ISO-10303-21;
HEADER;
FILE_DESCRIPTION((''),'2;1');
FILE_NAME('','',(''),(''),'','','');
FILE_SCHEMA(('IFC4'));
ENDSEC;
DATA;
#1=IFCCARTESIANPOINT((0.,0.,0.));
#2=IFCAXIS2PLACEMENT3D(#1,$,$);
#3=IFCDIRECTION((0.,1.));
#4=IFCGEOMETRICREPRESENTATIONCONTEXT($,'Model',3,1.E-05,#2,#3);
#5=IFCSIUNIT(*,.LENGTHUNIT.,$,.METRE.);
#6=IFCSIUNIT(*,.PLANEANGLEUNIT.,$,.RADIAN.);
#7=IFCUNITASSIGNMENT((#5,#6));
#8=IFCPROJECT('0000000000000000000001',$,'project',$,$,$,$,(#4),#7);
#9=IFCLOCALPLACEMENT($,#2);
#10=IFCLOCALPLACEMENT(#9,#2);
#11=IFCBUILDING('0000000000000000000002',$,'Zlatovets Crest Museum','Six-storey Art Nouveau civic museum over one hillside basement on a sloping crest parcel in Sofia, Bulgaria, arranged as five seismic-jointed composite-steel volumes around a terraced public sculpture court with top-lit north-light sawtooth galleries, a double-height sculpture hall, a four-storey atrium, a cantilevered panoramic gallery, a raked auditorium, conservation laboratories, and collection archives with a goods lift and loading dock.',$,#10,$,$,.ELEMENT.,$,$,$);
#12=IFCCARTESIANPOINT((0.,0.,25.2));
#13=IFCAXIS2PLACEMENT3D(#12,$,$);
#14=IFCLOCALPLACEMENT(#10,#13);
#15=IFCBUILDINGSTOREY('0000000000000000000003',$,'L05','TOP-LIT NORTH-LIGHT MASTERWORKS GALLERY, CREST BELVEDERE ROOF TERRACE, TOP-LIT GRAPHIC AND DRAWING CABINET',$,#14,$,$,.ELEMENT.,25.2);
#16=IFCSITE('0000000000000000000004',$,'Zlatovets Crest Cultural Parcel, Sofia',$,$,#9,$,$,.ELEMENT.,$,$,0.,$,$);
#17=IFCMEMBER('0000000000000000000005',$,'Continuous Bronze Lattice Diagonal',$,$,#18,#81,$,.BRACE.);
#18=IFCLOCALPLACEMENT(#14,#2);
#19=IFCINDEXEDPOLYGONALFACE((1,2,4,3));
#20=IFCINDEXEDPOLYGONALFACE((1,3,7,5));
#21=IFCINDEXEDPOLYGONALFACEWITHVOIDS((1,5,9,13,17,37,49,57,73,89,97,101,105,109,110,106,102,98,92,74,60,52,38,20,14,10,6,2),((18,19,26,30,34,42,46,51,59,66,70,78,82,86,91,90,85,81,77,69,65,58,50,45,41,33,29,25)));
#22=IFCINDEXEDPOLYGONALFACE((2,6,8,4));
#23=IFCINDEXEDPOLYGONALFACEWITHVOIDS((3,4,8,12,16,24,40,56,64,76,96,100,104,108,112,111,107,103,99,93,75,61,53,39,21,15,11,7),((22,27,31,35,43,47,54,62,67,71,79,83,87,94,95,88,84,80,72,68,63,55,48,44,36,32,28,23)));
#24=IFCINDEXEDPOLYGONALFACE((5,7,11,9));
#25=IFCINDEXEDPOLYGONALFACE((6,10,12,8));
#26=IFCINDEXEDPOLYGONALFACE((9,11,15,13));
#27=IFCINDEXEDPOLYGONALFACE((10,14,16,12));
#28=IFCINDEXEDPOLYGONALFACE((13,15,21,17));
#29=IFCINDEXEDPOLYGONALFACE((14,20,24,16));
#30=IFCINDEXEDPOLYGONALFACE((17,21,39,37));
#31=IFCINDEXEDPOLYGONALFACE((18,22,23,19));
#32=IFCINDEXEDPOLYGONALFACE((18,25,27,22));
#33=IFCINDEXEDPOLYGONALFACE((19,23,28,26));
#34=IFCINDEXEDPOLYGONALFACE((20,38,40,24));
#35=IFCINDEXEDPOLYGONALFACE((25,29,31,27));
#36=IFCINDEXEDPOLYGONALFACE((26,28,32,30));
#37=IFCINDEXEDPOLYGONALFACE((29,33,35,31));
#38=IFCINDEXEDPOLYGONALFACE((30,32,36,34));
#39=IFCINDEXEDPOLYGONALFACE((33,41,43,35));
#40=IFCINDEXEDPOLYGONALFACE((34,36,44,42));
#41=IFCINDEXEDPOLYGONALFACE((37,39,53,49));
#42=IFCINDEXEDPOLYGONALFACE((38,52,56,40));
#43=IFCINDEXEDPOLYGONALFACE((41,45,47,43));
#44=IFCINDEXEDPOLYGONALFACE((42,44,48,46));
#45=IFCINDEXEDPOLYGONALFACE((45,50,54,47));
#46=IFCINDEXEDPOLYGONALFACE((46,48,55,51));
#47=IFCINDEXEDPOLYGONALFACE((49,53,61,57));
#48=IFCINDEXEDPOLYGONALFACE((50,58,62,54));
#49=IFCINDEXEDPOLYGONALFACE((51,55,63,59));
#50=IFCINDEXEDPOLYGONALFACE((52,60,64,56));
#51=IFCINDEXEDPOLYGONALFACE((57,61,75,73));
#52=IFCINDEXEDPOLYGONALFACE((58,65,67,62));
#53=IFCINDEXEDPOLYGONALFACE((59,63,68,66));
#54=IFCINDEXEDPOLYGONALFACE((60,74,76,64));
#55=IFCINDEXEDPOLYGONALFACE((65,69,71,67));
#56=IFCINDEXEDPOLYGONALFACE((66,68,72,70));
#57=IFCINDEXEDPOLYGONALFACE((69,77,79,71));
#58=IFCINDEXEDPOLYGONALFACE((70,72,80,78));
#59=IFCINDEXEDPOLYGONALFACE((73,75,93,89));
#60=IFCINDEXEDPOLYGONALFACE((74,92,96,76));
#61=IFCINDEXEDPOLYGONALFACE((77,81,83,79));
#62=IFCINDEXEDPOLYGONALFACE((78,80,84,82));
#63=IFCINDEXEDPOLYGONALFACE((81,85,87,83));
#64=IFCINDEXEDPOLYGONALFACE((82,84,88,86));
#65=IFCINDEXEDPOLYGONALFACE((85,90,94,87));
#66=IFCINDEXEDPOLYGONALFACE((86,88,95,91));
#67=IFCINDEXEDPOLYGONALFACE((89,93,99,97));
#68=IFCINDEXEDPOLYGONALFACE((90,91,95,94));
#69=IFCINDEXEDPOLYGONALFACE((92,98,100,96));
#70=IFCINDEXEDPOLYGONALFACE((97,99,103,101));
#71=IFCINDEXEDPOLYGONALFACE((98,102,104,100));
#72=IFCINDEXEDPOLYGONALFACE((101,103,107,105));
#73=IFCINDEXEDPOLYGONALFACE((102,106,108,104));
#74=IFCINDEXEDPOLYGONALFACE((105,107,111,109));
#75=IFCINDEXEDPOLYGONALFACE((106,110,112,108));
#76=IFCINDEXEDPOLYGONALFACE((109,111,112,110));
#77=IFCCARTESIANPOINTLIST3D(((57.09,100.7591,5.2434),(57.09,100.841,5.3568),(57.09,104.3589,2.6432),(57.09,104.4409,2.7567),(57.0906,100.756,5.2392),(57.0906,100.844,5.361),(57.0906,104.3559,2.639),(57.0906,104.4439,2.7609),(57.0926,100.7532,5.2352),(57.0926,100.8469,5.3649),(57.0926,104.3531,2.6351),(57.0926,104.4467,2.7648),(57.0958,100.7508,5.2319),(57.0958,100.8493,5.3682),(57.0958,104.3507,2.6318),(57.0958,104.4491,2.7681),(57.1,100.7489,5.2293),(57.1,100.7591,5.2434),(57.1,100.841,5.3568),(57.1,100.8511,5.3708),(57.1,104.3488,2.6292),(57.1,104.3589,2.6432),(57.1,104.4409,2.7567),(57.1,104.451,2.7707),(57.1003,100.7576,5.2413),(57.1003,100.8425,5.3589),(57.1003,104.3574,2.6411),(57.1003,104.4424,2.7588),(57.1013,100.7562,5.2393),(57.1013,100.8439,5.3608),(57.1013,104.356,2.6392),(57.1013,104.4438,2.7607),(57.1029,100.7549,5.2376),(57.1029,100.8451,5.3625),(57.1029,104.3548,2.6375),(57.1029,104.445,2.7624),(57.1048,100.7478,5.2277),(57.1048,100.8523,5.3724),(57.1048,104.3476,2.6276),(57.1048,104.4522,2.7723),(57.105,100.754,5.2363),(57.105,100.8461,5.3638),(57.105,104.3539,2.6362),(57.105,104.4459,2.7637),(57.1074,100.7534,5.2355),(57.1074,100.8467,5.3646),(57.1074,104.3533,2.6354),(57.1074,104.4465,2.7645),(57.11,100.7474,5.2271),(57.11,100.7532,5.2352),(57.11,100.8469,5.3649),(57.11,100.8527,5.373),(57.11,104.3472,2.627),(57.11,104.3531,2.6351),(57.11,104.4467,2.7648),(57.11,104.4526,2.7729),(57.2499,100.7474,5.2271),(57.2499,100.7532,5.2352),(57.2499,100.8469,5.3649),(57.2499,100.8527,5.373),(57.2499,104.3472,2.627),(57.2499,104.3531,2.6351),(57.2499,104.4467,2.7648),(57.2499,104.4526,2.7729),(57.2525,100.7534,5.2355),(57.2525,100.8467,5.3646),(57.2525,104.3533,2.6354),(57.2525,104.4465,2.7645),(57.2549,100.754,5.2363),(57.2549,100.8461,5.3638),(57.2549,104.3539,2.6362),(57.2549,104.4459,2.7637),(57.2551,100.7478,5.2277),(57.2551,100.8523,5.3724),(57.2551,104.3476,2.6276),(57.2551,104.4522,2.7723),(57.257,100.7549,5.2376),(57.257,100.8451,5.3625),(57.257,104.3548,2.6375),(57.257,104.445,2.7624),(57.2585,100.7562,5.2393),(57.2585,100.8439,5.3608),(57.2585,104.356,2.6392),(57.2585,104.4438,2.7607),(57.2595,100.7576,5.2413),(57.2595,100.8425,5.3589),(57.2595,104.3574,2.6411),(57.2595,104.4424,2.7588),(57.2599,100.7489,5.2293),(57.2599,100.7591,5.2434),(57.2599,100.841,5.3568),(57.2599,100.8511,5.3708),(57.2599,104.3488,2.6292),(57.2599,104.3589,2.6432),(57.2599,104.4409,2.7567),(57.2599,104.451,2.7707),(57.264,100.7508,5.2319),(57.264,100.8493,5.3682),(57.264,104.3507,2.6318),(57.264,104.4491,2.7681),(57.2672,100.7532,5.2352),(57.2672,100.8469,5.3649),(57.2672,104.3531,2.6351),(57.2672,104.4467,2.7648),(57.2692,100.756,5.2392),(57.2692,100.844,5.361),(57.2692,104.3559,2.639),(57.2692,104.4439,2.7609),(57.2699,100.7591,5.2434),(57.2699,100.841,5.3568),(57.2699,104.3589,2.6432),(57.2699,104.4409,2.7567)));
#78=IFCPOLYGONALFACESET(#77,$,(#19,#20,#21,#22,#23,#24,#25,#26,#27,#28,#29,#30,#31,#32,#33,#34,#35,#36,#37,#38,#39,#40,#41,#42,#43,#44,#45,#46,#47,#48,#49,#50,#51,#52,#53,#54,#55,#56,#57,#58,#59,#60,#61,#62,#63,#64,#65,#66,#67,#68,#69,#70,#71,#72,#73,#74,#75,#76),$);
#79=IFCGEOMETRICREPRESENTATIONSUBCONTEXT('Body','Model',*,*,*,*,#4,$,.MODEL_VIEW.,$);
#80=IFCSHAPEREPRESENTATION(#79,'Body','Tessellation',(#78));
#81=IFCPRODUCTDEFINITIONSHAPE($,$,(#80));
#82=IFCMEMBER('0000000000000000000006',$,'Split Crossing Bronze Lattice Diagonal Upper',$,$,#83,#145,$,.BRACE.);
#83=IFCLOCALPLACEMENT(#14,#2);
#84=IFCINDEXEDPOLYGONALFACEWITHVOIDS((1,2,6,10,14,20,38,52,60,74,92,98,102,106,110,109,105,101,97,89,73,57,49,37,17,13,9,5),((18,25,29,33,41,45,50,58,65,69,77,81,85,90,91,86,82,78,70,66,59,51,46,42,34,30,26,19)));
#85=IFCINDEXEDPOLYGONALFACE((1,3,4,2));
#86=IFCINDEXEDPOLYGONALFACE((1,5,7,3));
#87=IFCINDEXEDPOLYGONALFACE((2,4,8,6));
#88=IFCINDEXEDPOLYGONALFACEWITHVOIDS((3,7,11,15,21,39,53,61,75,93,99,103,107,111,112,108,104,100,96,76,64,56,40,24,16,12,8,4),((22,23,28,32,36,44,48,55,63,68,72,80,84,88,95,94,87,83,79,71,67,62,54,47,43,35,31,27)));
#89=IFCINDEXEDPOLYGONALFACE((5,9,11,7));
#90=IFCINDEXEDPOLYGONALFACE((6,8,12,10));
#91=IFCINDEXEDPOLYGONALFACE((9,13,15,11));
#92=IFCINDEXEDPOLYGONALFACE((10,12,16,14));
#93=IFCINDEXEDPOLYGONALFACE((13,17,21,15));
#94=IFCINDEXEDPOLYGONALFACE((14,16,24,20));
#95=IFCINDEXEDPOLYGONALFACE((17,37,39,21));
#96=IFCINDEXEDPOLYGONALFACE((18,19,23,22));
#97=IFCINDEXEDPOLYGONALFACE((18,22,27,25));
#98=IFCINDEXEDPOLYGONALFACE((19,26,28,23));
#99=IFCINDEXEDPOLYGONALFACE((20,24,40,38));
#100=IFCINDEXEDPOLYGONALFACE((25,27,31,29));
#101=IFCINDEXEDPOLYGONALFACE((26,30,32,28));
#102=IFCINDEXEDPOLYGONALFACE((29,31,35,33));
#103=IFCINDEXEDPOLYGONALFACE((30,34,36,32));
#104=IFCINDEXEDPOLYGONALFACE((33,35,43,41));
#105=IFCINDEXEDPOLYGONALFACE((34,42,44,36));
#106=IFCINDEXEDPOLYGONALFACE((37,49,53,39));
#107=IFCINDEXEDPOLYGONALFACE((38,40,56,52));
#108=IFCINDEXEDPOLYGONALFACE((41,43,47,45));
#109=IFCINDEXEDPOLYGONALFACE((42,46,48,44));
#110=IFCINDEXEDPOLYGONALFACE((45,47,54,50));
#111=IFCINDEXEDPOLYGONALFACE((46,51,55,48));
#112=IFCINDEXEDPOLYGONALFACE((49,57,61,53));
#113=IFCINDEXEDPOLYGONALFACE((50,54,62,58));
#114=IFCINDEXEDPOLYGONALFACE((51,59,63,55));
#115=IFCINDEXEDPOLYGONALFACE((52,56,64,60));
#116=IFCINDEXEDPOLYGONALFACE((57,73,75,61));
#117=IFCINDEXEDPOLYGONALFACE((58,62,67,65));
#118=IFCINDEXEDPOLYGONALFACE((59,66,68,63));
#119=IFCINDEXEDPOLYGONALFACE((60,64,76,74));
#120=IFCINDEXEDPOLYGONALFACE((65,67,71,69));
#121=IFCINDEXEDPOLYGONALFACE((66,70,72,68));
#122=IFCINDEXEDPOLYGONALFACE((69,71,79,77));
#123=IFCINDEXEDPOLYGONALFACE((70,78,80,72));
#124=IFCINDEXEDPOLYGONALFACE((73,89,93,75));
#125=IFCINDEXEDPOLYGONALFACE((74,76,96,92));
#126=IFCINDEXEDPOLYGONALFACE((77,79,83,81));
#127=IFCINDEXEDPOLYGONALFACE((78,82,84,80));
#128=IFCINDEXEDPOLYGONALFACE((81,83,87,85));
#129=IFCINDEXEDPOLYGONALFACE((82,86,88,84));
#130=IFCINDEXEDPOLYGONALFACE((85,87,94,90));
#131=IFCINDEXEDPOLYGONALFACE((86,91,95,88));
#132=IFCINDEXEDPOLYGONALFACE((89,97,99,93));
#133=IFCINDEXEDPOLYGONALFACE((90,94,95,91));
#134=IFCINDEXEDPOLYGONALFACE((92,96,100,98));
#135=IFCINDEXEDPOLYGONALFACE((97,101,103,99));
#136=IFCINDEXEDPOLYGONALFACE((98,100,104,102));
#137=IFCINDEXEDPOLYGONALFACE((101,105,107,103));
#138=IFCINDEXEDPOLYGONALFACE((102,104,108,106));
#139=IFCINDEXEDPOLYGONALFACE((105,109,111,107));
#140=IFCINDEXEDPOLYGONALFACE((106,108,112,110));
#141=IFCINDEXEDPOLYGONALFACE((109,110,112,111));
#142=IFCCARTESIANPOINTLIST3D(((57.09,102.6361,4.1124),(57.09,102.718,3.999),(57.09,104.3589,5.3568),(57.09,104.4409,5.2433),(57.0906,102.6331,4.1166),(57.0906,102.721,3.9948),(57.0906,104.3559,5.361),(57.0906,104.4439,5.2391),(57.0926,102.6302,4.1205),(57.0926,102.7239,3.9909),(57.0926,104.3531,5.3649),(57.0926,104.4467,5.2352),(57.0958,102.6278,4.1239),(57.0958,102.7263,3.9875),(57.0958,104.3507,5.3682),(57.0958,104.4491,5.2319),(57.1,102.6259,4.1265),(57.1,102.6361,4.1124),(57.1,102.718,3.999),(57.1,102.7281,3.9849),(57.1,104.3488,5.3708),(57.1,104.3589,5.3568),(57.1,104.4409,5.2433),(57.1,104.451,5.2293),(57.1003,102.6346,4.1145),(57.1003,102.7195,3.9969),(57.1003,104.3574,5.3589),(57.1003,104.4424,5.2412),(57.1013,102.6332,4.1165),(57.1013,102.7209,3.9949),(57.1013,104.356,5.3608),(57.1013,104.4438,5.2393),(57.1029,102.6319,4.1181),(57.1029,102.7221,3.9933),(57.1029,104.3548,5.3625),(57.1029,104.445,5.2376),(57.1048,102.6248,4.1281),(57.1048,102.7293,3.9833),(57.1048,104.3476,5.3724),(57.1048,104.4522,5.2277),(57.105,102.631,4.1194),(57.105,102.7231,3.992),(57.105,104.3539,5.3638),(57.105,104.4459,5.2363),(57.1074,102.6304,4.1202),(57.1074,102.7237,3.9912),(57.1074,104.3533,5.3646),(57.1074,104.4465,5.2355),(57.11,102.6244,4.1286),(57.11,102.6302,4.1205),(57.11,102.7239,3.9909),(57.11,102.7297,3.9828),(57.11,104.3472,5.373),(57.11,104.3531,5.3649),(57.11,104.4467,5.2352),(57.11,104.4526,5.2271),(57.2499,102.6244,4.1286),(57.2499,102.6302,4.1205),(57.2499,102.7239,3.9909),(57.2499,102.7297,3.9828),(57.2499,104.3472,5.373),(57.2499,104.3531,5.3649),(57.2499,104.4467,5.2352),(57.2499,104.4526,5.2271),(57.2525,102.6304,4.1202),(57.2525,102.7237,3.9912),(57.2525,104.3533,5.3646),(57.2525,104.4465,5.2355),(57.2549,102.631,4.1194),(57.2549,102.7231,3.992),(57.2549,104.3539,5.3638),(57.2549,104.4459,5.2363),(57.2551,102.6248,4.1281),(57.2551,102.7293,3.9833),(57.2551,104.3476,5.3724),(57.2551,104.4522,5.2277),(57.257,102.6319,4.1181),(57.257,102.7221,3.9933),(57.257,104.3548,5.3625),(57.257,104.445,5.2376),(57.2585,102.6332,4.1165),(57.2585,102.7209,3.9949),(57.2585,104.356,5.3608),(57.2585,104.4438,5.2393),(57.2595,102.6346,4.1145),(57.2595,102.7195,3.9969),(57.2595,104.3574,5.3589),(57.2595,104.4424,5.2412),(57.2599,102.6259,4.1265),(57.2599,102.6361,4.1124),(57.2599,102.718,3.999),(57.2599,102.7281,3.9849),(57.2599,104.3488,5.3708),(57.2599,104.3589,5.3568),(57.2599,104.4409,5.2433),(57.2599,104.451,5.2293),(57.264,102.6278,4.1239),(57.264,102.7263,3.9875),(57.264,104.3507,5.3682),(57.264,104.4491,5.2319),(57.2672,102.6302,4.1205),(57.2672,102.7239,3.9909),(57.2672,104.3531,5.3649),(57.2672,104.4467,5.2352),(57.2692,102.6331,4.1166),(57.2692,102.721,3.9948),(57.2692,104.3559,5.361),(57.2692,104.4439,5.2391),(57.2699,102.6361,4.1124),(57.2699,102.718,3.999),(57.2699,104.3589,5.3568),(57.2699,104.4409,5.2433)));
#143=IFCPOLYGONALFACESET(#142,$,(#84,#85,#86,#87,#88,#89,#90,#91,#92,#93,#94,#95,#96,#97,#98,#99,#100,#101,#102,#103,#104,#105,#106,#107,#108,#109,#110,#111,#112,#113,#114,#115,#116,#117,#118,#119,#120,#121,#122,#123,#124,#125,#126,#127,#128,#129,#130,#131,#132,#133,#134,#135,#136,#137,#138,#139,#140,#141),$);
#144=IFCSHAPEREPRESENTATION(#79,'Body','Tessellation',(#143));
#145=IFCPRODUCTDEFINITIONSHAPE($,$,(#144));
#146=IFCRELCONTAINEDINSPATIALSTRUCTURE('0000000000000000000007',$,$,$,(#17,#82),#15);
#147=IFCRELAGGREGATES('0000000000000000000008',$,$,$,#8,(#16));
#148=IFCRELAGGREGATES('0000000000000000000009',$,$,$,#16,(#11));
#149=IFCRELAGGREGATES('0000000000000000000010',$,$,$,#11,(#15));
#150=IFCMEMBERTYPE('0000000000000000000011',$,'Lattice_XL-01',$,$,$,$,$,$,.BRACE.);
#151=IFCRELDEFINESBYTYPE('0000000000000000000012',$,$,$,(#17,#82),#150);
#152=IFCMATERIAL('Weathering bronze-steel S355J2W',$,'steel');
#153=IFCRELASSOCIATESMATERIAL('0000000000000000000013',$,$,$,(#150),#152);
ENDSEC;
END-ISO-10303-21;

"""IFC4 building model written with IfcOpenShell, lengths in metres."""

from ifc_helpers import new_model, si_unit, direction, frame, origin, origin_2d, place, context, subcontext, project, spatial, hollow_rectangle, extrude, material, material_profile, profile_set, type_object, element, save


model = new_model("IFC4")

# Units and contexts
model_context = context("Model", 3, precision=1e-05, world=origin(), true_north=direction((0.0, 1.0)))
body_context = subcontext(model_context, "Body", "Model", "MODEL_VIEW")
ifc_project = project(units=[si_unit("LENGTHUNIT", "METRE"), si_unit("PLANEANGLEUNIT", "RADIAN")], contexts=[model_context])

# Site, building, storey
site_placement = place(None, origin())
site = spatial("IfcSite", under=ifc_project, at=site_placement, Name="Zlatovets Crest Cultural Parcel, Sofia", CompositionType="ELEMENT", RefElevation=0.0)
building_placement = place(site_placement, origin())
building = spatial("IfcBuilding", under=site, at=building_placement, Name="Zlatovets Crest Museum", Description="Six-storey Art Nouveau civic museum over one hillside basement on a sloping crest parcel in Sofia, Bulgaria, arranged as five seismic-jointed composite-steel volumes around a terraced public sculpture court with top-lit north-light sawtooth galleries, a double-height sculpture hall, a four-storey atrium, a cantilevered panoramic gallery, a raked auditorium, conservation laboratories, and collection archives with a goods lift and loading dock.", CompositionType="ELEMENT")
storey_placement = place(building_placement, frame((0.0, 0.0, 25.2)))
storey = spatial("IfcBuildingStorey", under=building, at=storey_placement, Name="L05", Description="TOP-LIT NORTH-LIGHT MASTERWORKS GALLERY, CREST BELVEDERE ROOF TERRACE, TOP-LIT GRAPHIC AND DRAWING CABINET", CompositionType="ELEMENT", Elevation=25.2)

# Members
ifc_material_1 = material(Name="Weathering bronze-steel S355J2W", Category="steel")
ifc_material_profile_1 = material_profile(ifc_material_1, hollow_rectangle(XDim=0.1799, YDim=0.1799, WallThickness=0.01, InnerFilletRadius=0.01, OuterFilletRadius=0.02, at=origin_2d()), Name="SHS 180x180x10.0")
ifc_profile_set_1 = profile_set([ifc_material_profile_1], Name="Weathering bronze-steel S355J2W")
member_type_1 = type_object("IfcMemberType", Name="Lattice_XL-01", PredefinedType="BRACE", material=ifc_profile_set_1)
member_1_placement = place(storey_placement, frame((57.1799, 104.3999, 2.7), z_axis=(0.0, -0.810657, 0.585521), x_axis=(1.0, 0.0, 0.0)))
element("IfcMember", 1, at=member_1_placement, inside=storey, type_object=member_type_1, Name="Continuous Bronze Lattice Diagonal", PredefinedType="BRACE", context=body_context, shape_type="SweptSolid", body=[
    extrude(hollow_rectangle(XDim=0.1799, YDim=0.1799, WallThickness=0.01, InnerFilletRadius=0.01, OuterFilletRadius=0.02, at=origin_2d()), origin(), (0.0, 0.0, 1.0), 4.4407),
])
for number, where, z_axis, x_axis, name in (
    (2, (57.1799, 104.3999, 5.3), (0.0, -0.810664, -0.585512), (1.0, 0.0, 0.0), "Split Crossing Bronze Lattice Diagonal Upper"),
):
    element("IfcMember", number, at=place(storey_placement, frame(where, z_axis=z_axis, x_axis=x_axis)), inside=storey, type_object=member_type_1, Name=name, PredefinedType="BRACE", context=body_context, shape_type="SweptSolid", body=[
        extrude(hollow_rectangle(XDim=0.1799, YDim=0.1799, WallThickness=0.01, InnerFilletRadius=0.01, OuterFilletRadius=0.02, at=origin_2d()), origin(), (0.0, 0.0, 1.0), 2.1252),
    ])

save(model, "model.ifc")
